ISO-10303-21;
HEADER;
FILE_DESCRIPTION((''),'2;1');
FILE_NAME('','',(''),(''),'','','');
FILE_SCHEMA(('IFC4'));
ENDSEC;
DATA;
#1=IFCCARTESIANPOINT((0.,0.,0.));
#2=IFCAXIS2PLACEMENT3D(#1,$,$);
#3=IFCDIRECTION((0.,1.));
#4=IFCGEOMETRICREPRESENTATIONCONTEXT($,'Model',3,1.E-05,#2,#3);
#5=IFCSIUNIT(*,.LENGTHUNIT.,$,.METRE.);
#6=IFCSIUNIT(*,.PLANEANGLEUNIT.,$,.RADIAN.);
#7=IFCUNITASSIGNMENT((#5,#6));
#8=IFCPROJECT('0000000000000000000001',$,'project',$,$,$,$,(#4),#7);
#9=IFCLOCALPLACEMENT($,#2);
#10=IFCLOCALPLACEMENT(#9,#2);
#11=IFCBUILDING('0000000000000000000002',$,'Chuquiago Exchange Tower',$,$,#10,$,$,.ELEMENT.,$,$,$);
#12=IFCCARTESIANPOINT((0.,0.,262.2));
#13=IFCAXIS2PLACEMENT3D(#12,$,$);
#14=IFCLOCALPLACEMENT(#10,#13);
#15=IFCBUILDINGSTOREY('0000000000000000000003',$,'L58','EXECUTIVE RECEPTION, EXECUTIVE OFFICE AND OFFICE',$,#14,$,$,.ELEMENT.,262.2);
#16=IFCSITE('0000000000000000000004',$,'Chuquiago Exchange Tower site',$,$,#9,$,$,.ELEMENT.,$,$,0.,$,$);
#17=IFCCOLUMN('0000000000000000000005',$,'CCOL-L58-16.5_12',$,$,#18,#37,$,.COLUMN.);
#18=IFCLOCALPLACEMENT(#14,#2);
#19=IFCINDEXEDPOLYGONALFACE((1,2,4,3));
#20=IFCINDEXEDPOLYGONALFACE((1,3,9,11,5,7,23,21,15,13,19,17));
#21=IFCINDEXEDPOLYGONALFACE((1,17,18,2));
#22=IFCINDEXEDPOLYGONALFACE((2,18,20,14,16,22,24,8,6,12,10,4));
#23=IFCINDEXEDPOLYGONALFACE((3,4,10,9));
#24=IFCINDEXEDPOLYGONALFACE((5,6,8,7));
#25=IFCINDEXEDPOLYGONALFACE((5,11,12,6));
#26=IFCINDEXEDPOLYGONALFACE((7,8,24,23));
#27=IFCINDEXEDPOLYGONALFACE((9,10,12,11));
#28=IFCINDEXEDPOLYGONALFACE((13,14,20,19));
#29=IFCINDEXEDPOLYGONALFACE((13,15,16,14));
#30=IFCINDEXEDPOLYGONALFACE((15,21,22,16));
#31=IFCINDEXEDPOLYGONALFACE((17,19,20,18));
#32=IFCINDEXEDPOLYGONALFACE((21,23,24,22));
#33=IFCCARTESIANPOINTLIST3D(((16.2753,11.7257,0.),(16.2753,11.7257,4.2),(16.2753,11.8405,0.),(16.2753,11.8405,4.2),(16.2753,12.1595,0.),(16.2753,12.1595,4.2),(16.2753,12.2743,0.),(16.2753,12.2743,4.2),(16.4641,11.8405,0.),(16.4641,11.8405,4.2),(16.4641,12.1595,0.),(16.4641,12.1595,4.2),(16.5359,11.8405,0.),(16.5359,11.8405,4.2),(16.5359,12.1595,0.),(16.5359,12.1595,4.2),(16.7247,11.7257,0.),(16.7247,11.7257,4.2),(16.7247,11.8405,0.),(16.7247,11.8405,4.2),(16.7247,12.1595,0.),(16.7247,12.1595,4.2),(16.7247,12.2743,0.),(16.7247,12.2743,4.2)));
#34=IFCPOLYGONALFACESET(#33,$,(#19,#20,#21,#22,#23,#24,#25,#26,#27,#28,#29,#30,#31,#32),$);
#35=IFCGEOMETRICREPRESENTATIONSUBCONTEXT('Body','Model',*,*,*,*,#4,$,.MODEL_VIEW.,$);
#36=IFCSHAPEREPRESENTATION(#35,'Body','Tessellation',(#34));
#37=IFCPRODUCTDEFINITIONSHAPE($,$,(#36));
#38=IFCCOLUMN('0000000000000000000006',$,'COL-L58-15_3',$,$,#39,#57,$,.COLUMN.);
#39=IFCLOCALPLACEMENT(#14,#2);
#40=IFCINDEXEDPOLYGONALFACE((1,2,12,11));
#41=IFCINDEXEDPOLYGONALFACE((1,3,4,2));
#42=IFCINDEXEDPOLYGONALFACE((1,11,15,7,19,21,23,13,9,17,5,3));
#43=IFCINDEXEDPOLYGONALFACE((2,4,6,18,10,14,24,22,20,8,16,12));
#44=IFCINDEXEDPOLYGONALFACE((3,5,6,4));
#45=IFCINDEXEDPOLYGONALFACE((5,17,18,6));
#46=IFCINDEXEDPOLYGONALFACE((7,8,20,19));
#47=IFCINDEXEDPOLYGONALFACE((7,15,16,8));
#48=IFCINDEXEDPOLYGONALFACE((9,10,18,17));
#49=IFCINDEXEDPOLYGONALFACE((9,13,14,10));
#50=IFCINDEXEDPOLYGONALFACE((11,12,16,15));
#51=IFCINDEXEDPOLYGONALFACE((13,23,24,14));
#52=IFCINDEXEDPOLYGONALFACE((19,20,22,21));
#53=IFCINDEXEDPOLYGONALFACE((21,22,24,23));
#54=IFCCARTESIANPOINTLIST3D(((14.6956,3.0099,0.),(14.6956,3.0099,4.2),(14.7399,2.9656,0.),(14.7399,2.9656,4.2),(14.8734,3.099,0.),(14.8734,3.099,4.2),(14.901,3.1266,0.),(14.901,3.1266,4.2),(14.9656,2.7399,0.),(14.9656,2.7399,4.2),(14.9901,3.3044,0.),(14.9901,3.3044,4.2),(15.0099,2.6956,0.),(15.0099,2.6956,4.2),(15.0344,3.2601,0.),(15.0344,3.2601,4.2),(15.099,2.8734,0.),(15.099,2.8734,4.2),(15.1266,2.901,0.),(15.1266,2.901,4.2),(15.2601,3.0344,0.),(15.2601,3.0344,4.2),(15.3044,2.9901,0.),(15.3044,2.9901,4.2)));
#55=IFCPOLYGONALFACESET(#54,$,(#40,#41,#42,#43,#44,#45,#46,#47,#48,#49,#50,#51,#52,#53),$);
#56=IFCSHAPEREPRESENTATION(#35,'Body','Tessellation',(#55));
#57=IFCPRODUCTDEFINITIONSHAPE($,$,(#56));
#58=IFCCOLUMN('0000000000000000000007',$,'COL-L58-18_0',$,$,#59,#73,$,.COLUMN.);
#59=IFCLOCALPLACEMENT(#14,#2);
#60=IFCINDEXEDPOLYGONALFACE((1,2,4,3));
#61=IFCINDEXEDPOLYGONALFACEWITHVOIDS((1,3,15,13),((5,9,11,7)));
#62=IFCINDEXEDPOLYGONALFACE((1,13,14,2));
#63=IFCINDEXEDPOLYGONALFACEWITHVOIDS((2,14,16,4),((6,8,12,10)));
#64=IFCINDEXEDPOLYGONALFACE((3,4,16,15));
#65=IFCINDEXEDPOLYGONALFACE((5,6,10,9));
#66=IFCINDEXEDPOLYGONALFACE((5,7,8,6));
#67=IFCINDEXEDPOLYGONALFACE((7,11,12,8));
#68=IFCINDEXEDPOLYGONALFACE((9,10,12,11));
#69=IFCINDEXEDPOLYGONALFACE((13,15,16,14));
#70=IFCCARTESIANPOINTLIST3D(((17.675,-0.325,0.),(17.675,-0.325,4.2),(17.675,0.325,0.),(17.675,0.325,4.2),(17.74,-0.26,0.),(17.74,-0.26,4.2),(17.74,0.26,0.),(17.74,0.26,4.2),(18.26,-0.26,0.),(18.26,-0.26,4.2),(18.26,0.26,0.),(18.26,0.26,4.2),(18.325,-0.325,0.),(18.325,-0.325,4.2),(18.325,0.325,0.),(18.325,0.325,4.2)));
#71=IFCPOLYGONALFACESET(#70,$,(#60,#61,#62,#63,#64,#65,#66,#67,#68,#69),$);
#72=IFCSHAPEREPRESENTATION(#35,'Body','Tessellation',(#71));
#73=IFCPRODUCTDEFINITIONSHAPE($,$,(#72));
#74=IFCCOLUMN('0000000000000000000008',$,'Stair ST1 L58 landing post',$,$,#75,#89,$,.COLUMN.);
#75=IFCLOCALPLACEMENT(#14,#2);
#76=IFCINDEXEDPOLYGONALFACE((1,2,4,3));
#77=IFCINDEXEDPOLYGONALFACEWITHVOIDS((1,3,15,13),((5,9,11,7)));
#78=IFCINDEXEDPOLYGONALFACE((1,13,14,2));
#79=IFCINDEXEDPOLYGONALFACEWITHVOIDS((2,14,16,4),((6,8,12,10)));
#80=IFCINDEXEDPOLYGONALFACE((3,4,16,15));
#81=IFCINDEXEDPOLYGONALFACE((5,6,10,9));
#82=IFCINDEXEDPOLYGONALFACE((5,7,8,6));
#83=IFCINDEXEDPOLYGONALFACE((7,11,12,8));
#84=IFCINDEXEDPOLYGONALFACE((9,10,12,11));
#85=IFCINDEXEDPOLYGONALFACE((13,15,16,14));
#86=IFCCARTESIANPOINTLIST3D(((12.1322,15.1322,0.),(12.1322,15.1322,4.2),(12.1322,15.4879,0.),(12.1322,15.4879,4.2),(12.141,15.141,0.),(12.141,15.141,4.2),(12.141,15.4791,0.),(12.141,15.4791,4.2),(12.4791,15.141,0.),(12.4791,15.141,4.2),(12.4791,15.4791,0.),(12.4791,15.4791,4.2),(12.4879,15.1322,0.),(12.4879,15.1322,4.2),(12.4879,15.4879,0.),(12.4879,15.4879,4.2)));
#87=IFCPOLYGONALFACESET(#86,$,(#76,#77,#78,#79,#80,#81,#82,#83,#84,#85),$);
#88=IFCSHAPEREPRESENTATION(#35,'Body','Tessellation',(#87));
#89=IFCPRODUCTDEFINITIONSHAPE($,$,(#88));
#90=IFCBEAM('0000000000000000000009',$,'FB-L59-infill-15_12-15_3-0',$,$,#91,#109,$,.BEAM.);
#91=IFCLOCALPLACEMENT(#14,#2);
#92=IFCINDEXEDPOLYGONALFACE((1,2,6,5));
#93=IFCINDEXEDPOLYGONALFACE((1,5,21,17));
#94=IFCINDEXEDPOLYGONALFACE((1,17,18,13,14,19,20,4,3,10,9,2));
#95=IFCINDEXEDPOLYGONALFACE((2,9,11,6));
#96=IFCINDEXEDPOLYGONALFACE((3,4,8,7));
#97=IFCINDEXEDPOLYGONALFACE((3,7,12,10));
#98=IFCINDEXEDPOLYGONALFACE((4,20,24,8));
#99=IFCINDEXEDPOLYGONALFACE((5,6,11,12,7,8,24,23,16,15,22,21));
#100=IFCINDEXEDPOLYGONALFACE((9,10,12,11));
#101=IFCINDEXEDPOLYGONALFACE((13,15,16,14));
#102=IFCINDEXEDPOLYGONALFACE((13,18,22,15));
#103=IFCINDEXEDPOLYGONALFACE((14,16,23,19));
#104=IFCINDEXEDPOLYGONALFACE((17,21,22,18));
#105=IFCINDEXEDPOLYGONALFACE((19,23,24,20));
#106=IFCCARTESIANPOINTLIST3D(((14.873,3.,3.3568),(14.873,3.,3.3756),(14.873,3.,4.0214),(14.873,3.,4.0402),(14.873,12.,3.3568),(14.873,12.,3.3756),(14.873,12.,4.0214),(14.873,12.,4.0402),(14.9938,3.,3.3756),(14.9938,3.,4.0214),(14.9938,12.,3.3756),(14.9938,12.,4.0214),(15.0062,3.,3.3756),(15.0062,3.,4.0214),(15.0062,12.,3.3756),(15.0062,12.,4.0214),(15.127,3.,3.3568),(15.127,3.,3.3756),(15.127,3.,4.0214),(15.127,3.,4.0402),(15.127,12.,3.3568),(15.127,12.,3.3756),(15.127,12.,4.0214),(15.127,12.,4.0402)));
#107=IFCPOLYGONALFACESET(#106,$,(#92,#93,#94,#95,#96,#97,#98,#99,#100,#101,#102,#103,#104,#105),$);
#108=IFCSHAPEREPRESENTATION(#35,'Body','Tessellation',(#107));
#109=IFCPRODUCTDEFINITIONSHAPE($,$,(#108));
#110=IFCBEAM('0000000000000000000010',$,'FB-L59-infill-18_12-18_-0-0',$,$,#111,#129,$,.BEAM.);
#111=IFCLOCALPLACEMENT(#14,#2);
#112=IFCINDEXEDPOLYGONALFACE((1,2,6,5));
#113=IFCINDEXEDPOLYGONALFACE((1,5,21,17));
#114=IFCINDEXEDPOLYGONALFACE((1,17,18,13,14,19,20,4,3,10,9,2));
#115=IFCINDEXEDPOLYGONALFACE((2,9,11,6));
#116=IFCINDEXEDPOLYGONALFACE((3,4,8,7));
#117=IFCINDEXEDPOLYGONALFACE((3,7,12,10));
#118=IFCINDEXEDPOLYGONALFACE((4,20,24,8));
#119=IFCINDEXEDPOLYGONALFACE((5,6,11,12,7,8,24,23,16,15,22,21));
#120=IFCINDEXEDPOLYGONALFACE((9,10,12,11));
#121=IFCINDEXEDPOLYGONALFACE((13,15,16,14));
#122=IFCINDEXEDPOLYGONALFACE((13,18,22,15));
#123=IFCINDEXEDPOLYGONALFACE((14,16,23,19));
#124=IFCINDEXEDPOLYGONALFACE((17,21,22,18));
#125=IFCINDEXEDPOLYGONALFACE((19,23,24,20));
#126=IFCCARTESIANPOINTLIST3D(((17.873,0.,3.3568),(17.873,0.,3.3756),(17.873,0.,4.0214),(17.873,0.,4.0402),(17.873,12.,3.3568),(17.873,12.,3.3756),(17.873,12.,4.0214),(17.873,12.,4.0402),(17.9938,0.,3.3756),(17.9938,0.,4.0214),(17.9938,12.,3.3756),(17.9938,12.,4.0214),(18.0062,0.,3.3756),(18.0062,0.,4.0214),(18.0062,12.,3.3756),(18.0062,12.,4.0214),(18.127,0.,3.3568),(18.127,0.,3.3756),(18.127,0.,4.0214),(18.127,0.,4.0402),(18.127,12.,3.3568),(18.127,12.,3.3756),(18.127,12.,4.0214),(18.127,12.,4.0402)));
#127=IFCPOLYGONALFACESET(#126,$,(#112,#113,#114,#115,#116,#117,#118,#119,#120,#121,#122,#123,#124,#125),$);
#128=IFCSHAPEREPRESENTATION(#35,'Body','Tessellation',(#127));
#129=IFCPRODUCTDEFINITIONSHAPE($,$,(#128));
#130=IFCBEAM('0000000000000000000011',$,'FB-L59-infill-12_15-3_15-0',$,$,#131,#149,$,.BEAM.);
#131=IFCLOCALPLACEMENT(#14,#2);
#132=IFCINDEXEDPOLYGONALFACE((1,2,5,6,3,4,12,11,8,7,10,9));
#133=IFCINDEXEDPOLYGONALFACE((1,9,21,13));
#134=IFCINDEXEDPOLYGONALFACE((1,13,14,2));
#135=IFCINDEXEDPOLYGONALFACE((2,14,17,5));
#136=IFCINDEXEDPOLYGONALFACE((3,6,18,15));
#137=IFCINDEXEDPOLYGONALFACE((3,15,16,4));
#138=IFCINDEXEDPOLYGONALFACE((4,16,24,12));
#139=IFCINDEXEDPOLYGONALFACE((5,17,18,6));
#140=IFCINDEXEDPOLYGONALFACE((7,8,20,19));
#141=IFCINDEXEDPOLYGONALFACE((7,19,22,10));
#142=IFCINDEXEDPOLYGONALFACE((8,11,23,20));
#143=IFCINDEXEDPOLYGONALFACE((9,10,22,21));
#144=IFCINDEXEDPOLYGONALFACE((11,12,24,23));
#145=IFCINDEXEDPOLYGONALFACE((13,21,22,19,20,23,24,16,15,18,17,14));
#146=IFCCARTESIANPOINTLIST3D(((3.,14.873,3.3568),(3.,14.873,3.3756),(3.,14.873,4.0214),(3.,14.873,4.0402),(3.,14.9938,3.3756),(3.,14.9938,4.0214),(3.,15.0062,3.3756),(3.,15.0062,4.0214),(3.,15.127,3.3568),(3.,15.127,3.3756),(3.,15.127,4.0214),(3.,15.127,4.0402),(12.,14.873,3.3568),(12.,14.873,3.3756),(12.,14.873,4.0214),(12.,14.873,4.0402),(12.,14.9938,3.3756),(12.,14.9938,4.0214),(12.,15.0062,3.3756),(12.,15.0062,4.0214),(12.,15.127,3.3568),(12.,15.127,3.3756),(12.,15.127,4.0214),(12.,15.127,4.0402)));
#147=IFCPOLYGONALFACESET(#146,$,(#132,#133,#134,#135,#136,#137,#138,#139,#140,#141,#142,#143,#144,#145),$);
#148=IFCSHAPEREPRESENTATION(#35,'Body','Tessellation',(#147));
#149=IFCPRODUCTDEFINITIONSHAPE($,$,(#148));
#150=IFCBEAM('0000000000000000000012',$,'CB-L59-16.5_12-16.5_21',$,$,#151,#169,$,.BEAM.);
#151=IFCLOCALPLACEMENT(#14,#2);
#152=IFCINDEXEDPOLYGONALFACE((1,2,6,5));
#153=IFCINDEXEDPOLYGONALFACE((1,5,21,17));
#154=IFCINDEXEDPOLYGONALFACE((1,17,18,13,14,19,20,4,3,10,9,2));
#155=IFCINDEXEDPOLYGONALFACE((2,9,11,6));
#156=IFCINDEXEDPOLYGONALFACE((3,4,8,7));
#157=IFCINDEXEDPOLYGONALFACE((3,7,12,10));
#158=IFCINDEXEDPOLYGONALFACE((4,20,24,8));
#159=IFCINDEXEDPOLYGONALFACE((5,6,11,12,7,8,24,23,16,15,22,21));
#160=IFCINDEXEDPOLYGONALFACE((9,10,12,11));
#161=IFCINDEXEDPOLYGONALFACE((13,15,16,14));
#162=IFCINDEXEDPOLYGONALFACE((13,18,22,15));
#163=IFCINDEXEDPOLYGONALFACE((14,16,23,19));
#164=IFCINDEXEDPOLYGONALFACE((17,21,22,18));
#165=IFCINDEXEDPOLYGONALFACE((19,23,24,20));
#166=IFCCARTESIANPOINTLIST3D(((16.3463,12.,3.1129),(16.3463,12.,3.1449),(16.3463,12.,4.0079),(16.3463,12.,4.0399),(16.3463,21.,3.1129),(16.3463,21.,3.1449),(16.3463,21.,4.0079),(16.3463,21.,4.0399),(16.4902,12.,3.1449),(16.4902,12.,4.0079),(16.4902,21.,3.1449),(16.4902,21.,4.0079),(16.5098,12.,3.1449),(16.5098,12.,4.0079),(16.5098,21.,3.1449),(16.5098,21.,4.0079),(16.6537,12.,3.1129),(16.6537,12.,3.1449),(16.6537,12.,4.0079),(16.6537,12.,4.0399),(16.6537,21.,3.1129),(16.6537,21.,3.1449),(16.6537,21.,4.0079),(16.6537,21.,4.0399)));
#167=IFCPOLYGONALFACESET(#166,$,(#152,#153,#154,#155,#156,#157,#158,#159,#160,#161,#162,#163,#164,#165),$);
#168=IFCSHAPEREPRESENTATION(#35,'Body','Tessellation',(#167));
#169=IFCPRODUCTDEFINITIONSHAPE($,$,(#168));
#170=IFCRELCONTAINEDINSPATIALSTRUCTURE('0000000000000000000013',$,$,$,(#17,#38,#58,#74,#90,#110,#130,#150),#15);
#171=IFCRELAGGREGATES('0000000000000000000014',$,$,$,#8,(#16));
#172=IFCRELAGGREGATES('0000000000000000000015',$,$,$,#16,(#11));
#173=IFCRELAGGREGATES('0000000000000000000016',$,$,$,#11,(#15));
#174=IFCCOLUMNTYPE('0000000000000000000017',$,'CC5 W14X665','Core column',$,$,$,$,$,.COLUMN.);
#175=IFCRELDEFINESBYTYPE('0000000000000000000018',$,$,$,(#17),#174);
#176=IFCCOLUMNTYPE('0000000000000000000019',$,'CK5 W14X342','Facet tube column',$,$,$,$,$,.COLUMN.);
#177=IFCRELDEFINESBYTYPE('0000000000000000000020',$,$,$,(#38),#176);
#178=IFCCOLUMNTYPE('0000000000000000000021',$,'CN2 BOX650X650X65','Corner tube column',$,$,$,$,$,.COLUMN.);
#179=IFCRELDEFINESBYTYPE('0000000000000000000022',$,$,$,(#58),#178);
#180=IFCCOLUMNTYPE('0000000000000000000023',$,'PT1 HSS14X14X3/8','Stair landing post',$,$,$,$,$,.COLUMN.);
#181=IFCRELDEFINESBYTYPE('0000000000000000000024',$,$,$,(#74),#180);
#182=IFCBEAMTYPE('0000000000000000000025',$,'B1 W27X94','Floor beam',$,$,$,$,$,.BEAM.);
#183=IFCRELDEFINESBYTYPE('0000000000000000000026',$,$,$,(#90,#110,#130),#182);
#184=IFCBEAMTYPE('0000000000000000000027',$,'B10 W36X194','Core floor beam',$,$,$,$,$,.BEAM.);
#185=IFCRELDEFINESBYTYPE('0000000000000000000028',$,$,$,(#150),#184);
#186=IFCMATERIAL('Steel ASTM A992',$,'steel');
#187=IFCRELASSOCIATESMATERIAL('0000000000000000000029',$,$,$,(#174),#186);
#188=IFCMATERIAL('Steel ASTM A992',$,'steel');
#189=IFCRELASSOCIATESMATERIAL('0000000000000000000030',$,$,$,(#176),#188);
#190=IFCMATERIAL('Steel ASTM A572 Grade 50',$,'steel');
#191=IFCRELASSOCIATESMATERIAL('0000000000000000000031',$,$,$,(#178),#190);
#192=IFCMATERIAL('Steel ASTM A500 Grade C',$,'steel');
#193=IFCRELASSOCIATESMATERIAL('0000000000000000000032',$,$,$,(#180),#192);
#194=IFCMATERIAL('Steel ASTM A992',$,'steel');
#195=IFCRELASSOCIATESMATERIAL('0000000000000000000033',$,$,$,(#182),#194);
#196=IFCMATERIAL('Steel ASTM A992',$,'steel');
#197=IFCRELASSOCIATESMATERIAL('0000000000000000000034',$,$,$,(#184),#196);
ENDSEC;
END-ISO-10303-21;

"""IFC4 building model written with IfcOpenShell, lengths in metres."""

from ifc_helpers import new_model, si_unit, direction, frame, origin, origin_2d, place, context, subcontext, project, spatial, hollow_rectangle, i_section, extrude, material, material_profile, profile_set, type_object, element, save


model = new_model("IFC4")

# Units and contexts
model_context = context("Model", 3, precision=1e-05, world=origin(), true_north=direction((0.0, 1.0)))
body_context = subcontext(model_context, "Body", "Model", "MODEL_VIEW")
ifc_project = project(units=[si_unit("LENGTHUNIT", "METRE"), si_unit("PLANEANGLEUNIT", "RADIAN")], contexts=[model_context])

# Site, building, storey
site_placement = place(None, origin())
site = spatial("IfcSite", under=ifc_project, at=site_placement, Name="Chuquiago Exchange Tower site", CompositionType="ELEMENT", RefElevation=0.0)
building_placement = place(site_placement, origin())
building = spatial("IfcBuilding", under=site, at=building_placement, Name="Chuquiago Exchange Tower", CompositionType="ELEMENT")
storey_placement = place(building_placement, frame((0.0, 0.0, 262.2)))
storey = spatial("IfcBuildingStorey", under=building, at=storey_placement, Name="L58", Description="EXECUTIVE RECEPTION, EXECUTIVE OFFICE AND OFFICE", CompositionType="ELEMENT", Elevation=262.2)

# Columns
ifc_material_1 = material(Name="Steel ASTM A992", Category="steel")
ifc_material_profile_1 = material_profile(ifc_material_1, i_section(OverallWidth=0.4495, OverallDepth=0.5486, WebThickness=0.0718, FlangeThickness=0.1147, at=origin_2d()), Name="W14X665")
ifc_profile_set_1 = profile_set([ifc_material_profile_1], Name="Steel ASTM A992")
column_type_1 = type_object("IfcColumnType", Name="CC5 W14X665", Description="Core column", PredefinedType="COLUMN", material=ifc_profile_set_1)
column_1_placement = place(storey_placement, frame((16.5, 12.0, 0.0), z_axis=(0.0, 0.0, 1.0), x_axis=(1.0, 0.0, 0.0)))
element("IfcColumn", 1, at=column_1_placement, inside=storey, type_object=column_type_1, Name="CCOL-L58-16.5_12", PredefinedType="COLUMN", context=body_context, shape_type="SweptSolid", body=[
    extrude(i_section(OverallWidth=0.4495, OverallDepth=0.5486, WebThickness=0.0718, FlangeThickness=0.1147, at=origin_2d()), origin(), (0.0, 0.0, 1.0), 4.2),
])
ifc_material_2 = material(Name="Steel ASTM A992", Category="steel")
ifc_material_profile_2 = material_profile(ifc_material_2, i_section(OverallWidth=0.4165, OverallDepth=0.4446, WebThickness=0.0391, FlangeThickness=0.0627, at=origin_2d()), Name="W14X342")
ifc_profile_set_2 = profile_set([ifc_material_profile_2], Name="Steel ASTM A992")
column_type_2 = type_object("IfcColumnType", Name="CK5 W14X342", Description="Facet tube column", PredefinedType="COLUMN", material=ifc_profile_set_2)
column_2_placement = place(storey_placement, frame((15.0, 3.0, 0.0), z_axis=(0.0, 0.0, 1.0), x_axis=(-0.707107, -0.707107, 0.0)))
element("IfcColumn", 2, at=column_2_placement, inside=storey, type_object=column_type_2, Name="COL-L58-15_3", PredefinedType="COLUMN", context=body_context, shape_type="SweptSolid", body=[
    extrude(i_section(OverallWidth=0.4165, OverallDepth=0.4446, WebThickness=0.0391, FlangeThickness=0.0627, at=origin_2d()), origin(), (0.0, 0.0, 1.0), 4.2),
])
ifc_material_3 = material(Name="Steel ASTM A572 Grade 50", Category="steel")
ifc_material_profile_3 = material_profile(ifc_material_3, hollow_rectangle(XDim=0.6499, YDim=0.6499, WallThickness=0.0649, at=origin_2d()), Name="BOX650X650X65")
ifc_profile_set_3 = profile_set([ifc_material_profile_3], Name="Steel ASTM A572 Grade 50")
column_type_3 = type_object("IfcColumnType", Name="CN2 BOX650X650X65", Description="Corner tube column", PredefinedType="COLUMN", material=ifc_profile_set_3)
column_3_placement = place(storey_placement, frame((18.0, 0.0, 0.0), z_axis=(0.0, 0.0, 1.0), x_axis=(0.0, -1.0, 0.0)))
element("IfcColumn", 3, at=column_3_placement, inside=storey, type_object=column_type_3, Name="COL-L58-18_0", PredefinedType="COLUMN", context=body_context, shape_type="SweptSolid", body=[
    extrude(hollow_rectangle(XDim=0.6499, YDim=0.6499, WallThickness=0.0649, at=origin_2d()), origin(), (0.0, 0.0, 1.0), 4.2),
])
ifc_material_4 = material(Name="Steel ASTM A500 Grade C", Category="steel")
ifc_material_profile_4 = material_profile(ifc_material_4, hollow_rectangle(XDim=0.3557, YDim=0.3557, WallThickness=0.0088, at=origin_2d()), Name="HSS14X14X3/8")
ifc_profile_set_4 = profile_set([ifc_material_profile_4], Name="Steel ASTM A500 Grade C")
column_type_4 = type_object("IfcColumnType", Name="PT1 HSS14X14X3/8", Description="Stair landing post", PredefinedType="COLUMN", material=ifc_profile_set_4)
column_4_placement = place(storey_placement, frame((12.3101, 15.3101, 0.0), z_axis=(0.0, 0.0, 1.0), x_axis=(1.0, 0.0, 0.0)))
element("IfcColumn", 4, at=column_4_placement, inside=storey, type_object=column_type_4, Name="Stair ST1 L58 landing post", PredefinedType="COLUMN", context=body_context, shape_type="SweptSolid", body=[
    extrude(hollow_rectangle(XDim=0.3557, YDim=0.3557, WallThickness=0.0088, at=origin_2d()), origin(), (0.0, 0.0, 1.0), 4.2),
])

# Beams
ifc_material_5 = material(Name="Steel ASTM A992", Category="steel")
ifc_material_profile_5 = material_profile(ifc_material_5, i_section(OverallWidth=0.2539, OverallDepth=0.6833, WebThickness=0.0125, FlangeThickness=0.0188, at=origin_2d()), Name="W27X94")
ifc_profile_set_5 = profile_set([ifc_material_profile_5], Name="Steel ASTM A992")
beam_type_1 = type_object("IfcBeamType", Name="B1 W27X94", Description="Floor beam", PredefinedType="BEAM", material=ifc_profile_set_5)
beam_1_placement = place(storey_placement, frame((15.0, 12.0, 3.6985), z_axis=(0.0, -1.0, 0.0), x_axis=(1.0, 0.0, 0.0)))
element("IfcBeam", 5, at=beam_1_placement, inside=storey, type_object=beam_type_1, Name="FB-L59-infill-15_12-15_3-0", PredefinedType="BEAM", context=body_context, shape_type="SweptSolid", body=[
    extrude(i_section(OverallWidth=0.2539, OverallDepth=0.6833, WebThickness=0.0125, FlangeThickness=0.0188, at=origin_2d()), origin(), (0.0, 0.0, 1.0), 9.0),
])
beam_2_placement = place(storey_placement, frame((18.0, 12.0, 3.6985), z_axis=(0.0, -1.0, 0.0), x_axis=(1.0, 0.0, 0.0)))
element("IfcBeam", 6, at=beam_2_placement, inside=storey, type_object=beam_type_1, Name="FB-L59-infill-18_12-18_-0-0", PredefinedType="BEAM", context=body_context, shape_type="SweptSolid", body=[
    extrude(i_section(OverallWidth=0.2539, OverallDepth=0.6833, WebThickness=0.0125, FlangeThickness=0.0188, at=origin_2d()), origin(), (0.0, 0.0, 1.0), 12.0),
])
beam_3_placement = place(storey_placement, frame((12.0, 15.0, 3.6985), z_axis=(-1.0, 0.0, 0.0), x_axis=(0.0, -1.0, 0.0)))
element("IfcBeam", 7, at=beam_3_placement, inside=storey, type_object=beam_type_1, Name="FB-L59-infill-12_15-3_15-0", PredefinedType="BEAM", context=body_context, shape_type="SweptSolid", body=[
    extrude(i_section(OverallWidth=0.2539, OverallDepth=0.6833, WebThickness=0.0125, FlangeThickness=0.0188, at=origin_2d()), origin(), (0.0, 0.0, 1.0), 9.0),
])
ifc_material_6 = material(Name="Steel ASTM A992", Category="steel")
ifc_material_profile_6 = material_profile(ifc_material_6, i_section(OverallWidth=0.3074, OverallDepth=0.927, WebThickness=0.0195, FlangeThickness=0.032, at=origin_2d()), Name="W36X194")
ifc_profile_set_6 = profile_set([ifc_material_profile_6], Name="Steel ASTM A992")
beam_type_2 = type_object("IfcBeamType", Name="B10 W36X194", Description="Core floor beam", PredefinedType="BEAM", material=ifc_profile_set_6)
beam_4_placement = place(storey_placement, frame((16.5, 12.0, 3.5764), z_axis=(0.0, 1.0, 0.0), x_axis=(-1.0, 0.0, 0.0)))
element("IfcBeam", 8, at=beam_4_placement, inside=storey, type_object=beam_type_2, Name="CB-L59-16.5_12-16.5_21", PredefinedType="BEAM", context=body_context, shape_type="SweptSolid", body=[
    extrude(i_section(OverallWidth=0.3074, OverallDepth=0.927, WebThickness=0.0195, FlangeThickness=0.032, at=origin_2d()), origin(), (0.0, 0.0, 1.0), 9.0),
])

save(model, "model.ifc")
